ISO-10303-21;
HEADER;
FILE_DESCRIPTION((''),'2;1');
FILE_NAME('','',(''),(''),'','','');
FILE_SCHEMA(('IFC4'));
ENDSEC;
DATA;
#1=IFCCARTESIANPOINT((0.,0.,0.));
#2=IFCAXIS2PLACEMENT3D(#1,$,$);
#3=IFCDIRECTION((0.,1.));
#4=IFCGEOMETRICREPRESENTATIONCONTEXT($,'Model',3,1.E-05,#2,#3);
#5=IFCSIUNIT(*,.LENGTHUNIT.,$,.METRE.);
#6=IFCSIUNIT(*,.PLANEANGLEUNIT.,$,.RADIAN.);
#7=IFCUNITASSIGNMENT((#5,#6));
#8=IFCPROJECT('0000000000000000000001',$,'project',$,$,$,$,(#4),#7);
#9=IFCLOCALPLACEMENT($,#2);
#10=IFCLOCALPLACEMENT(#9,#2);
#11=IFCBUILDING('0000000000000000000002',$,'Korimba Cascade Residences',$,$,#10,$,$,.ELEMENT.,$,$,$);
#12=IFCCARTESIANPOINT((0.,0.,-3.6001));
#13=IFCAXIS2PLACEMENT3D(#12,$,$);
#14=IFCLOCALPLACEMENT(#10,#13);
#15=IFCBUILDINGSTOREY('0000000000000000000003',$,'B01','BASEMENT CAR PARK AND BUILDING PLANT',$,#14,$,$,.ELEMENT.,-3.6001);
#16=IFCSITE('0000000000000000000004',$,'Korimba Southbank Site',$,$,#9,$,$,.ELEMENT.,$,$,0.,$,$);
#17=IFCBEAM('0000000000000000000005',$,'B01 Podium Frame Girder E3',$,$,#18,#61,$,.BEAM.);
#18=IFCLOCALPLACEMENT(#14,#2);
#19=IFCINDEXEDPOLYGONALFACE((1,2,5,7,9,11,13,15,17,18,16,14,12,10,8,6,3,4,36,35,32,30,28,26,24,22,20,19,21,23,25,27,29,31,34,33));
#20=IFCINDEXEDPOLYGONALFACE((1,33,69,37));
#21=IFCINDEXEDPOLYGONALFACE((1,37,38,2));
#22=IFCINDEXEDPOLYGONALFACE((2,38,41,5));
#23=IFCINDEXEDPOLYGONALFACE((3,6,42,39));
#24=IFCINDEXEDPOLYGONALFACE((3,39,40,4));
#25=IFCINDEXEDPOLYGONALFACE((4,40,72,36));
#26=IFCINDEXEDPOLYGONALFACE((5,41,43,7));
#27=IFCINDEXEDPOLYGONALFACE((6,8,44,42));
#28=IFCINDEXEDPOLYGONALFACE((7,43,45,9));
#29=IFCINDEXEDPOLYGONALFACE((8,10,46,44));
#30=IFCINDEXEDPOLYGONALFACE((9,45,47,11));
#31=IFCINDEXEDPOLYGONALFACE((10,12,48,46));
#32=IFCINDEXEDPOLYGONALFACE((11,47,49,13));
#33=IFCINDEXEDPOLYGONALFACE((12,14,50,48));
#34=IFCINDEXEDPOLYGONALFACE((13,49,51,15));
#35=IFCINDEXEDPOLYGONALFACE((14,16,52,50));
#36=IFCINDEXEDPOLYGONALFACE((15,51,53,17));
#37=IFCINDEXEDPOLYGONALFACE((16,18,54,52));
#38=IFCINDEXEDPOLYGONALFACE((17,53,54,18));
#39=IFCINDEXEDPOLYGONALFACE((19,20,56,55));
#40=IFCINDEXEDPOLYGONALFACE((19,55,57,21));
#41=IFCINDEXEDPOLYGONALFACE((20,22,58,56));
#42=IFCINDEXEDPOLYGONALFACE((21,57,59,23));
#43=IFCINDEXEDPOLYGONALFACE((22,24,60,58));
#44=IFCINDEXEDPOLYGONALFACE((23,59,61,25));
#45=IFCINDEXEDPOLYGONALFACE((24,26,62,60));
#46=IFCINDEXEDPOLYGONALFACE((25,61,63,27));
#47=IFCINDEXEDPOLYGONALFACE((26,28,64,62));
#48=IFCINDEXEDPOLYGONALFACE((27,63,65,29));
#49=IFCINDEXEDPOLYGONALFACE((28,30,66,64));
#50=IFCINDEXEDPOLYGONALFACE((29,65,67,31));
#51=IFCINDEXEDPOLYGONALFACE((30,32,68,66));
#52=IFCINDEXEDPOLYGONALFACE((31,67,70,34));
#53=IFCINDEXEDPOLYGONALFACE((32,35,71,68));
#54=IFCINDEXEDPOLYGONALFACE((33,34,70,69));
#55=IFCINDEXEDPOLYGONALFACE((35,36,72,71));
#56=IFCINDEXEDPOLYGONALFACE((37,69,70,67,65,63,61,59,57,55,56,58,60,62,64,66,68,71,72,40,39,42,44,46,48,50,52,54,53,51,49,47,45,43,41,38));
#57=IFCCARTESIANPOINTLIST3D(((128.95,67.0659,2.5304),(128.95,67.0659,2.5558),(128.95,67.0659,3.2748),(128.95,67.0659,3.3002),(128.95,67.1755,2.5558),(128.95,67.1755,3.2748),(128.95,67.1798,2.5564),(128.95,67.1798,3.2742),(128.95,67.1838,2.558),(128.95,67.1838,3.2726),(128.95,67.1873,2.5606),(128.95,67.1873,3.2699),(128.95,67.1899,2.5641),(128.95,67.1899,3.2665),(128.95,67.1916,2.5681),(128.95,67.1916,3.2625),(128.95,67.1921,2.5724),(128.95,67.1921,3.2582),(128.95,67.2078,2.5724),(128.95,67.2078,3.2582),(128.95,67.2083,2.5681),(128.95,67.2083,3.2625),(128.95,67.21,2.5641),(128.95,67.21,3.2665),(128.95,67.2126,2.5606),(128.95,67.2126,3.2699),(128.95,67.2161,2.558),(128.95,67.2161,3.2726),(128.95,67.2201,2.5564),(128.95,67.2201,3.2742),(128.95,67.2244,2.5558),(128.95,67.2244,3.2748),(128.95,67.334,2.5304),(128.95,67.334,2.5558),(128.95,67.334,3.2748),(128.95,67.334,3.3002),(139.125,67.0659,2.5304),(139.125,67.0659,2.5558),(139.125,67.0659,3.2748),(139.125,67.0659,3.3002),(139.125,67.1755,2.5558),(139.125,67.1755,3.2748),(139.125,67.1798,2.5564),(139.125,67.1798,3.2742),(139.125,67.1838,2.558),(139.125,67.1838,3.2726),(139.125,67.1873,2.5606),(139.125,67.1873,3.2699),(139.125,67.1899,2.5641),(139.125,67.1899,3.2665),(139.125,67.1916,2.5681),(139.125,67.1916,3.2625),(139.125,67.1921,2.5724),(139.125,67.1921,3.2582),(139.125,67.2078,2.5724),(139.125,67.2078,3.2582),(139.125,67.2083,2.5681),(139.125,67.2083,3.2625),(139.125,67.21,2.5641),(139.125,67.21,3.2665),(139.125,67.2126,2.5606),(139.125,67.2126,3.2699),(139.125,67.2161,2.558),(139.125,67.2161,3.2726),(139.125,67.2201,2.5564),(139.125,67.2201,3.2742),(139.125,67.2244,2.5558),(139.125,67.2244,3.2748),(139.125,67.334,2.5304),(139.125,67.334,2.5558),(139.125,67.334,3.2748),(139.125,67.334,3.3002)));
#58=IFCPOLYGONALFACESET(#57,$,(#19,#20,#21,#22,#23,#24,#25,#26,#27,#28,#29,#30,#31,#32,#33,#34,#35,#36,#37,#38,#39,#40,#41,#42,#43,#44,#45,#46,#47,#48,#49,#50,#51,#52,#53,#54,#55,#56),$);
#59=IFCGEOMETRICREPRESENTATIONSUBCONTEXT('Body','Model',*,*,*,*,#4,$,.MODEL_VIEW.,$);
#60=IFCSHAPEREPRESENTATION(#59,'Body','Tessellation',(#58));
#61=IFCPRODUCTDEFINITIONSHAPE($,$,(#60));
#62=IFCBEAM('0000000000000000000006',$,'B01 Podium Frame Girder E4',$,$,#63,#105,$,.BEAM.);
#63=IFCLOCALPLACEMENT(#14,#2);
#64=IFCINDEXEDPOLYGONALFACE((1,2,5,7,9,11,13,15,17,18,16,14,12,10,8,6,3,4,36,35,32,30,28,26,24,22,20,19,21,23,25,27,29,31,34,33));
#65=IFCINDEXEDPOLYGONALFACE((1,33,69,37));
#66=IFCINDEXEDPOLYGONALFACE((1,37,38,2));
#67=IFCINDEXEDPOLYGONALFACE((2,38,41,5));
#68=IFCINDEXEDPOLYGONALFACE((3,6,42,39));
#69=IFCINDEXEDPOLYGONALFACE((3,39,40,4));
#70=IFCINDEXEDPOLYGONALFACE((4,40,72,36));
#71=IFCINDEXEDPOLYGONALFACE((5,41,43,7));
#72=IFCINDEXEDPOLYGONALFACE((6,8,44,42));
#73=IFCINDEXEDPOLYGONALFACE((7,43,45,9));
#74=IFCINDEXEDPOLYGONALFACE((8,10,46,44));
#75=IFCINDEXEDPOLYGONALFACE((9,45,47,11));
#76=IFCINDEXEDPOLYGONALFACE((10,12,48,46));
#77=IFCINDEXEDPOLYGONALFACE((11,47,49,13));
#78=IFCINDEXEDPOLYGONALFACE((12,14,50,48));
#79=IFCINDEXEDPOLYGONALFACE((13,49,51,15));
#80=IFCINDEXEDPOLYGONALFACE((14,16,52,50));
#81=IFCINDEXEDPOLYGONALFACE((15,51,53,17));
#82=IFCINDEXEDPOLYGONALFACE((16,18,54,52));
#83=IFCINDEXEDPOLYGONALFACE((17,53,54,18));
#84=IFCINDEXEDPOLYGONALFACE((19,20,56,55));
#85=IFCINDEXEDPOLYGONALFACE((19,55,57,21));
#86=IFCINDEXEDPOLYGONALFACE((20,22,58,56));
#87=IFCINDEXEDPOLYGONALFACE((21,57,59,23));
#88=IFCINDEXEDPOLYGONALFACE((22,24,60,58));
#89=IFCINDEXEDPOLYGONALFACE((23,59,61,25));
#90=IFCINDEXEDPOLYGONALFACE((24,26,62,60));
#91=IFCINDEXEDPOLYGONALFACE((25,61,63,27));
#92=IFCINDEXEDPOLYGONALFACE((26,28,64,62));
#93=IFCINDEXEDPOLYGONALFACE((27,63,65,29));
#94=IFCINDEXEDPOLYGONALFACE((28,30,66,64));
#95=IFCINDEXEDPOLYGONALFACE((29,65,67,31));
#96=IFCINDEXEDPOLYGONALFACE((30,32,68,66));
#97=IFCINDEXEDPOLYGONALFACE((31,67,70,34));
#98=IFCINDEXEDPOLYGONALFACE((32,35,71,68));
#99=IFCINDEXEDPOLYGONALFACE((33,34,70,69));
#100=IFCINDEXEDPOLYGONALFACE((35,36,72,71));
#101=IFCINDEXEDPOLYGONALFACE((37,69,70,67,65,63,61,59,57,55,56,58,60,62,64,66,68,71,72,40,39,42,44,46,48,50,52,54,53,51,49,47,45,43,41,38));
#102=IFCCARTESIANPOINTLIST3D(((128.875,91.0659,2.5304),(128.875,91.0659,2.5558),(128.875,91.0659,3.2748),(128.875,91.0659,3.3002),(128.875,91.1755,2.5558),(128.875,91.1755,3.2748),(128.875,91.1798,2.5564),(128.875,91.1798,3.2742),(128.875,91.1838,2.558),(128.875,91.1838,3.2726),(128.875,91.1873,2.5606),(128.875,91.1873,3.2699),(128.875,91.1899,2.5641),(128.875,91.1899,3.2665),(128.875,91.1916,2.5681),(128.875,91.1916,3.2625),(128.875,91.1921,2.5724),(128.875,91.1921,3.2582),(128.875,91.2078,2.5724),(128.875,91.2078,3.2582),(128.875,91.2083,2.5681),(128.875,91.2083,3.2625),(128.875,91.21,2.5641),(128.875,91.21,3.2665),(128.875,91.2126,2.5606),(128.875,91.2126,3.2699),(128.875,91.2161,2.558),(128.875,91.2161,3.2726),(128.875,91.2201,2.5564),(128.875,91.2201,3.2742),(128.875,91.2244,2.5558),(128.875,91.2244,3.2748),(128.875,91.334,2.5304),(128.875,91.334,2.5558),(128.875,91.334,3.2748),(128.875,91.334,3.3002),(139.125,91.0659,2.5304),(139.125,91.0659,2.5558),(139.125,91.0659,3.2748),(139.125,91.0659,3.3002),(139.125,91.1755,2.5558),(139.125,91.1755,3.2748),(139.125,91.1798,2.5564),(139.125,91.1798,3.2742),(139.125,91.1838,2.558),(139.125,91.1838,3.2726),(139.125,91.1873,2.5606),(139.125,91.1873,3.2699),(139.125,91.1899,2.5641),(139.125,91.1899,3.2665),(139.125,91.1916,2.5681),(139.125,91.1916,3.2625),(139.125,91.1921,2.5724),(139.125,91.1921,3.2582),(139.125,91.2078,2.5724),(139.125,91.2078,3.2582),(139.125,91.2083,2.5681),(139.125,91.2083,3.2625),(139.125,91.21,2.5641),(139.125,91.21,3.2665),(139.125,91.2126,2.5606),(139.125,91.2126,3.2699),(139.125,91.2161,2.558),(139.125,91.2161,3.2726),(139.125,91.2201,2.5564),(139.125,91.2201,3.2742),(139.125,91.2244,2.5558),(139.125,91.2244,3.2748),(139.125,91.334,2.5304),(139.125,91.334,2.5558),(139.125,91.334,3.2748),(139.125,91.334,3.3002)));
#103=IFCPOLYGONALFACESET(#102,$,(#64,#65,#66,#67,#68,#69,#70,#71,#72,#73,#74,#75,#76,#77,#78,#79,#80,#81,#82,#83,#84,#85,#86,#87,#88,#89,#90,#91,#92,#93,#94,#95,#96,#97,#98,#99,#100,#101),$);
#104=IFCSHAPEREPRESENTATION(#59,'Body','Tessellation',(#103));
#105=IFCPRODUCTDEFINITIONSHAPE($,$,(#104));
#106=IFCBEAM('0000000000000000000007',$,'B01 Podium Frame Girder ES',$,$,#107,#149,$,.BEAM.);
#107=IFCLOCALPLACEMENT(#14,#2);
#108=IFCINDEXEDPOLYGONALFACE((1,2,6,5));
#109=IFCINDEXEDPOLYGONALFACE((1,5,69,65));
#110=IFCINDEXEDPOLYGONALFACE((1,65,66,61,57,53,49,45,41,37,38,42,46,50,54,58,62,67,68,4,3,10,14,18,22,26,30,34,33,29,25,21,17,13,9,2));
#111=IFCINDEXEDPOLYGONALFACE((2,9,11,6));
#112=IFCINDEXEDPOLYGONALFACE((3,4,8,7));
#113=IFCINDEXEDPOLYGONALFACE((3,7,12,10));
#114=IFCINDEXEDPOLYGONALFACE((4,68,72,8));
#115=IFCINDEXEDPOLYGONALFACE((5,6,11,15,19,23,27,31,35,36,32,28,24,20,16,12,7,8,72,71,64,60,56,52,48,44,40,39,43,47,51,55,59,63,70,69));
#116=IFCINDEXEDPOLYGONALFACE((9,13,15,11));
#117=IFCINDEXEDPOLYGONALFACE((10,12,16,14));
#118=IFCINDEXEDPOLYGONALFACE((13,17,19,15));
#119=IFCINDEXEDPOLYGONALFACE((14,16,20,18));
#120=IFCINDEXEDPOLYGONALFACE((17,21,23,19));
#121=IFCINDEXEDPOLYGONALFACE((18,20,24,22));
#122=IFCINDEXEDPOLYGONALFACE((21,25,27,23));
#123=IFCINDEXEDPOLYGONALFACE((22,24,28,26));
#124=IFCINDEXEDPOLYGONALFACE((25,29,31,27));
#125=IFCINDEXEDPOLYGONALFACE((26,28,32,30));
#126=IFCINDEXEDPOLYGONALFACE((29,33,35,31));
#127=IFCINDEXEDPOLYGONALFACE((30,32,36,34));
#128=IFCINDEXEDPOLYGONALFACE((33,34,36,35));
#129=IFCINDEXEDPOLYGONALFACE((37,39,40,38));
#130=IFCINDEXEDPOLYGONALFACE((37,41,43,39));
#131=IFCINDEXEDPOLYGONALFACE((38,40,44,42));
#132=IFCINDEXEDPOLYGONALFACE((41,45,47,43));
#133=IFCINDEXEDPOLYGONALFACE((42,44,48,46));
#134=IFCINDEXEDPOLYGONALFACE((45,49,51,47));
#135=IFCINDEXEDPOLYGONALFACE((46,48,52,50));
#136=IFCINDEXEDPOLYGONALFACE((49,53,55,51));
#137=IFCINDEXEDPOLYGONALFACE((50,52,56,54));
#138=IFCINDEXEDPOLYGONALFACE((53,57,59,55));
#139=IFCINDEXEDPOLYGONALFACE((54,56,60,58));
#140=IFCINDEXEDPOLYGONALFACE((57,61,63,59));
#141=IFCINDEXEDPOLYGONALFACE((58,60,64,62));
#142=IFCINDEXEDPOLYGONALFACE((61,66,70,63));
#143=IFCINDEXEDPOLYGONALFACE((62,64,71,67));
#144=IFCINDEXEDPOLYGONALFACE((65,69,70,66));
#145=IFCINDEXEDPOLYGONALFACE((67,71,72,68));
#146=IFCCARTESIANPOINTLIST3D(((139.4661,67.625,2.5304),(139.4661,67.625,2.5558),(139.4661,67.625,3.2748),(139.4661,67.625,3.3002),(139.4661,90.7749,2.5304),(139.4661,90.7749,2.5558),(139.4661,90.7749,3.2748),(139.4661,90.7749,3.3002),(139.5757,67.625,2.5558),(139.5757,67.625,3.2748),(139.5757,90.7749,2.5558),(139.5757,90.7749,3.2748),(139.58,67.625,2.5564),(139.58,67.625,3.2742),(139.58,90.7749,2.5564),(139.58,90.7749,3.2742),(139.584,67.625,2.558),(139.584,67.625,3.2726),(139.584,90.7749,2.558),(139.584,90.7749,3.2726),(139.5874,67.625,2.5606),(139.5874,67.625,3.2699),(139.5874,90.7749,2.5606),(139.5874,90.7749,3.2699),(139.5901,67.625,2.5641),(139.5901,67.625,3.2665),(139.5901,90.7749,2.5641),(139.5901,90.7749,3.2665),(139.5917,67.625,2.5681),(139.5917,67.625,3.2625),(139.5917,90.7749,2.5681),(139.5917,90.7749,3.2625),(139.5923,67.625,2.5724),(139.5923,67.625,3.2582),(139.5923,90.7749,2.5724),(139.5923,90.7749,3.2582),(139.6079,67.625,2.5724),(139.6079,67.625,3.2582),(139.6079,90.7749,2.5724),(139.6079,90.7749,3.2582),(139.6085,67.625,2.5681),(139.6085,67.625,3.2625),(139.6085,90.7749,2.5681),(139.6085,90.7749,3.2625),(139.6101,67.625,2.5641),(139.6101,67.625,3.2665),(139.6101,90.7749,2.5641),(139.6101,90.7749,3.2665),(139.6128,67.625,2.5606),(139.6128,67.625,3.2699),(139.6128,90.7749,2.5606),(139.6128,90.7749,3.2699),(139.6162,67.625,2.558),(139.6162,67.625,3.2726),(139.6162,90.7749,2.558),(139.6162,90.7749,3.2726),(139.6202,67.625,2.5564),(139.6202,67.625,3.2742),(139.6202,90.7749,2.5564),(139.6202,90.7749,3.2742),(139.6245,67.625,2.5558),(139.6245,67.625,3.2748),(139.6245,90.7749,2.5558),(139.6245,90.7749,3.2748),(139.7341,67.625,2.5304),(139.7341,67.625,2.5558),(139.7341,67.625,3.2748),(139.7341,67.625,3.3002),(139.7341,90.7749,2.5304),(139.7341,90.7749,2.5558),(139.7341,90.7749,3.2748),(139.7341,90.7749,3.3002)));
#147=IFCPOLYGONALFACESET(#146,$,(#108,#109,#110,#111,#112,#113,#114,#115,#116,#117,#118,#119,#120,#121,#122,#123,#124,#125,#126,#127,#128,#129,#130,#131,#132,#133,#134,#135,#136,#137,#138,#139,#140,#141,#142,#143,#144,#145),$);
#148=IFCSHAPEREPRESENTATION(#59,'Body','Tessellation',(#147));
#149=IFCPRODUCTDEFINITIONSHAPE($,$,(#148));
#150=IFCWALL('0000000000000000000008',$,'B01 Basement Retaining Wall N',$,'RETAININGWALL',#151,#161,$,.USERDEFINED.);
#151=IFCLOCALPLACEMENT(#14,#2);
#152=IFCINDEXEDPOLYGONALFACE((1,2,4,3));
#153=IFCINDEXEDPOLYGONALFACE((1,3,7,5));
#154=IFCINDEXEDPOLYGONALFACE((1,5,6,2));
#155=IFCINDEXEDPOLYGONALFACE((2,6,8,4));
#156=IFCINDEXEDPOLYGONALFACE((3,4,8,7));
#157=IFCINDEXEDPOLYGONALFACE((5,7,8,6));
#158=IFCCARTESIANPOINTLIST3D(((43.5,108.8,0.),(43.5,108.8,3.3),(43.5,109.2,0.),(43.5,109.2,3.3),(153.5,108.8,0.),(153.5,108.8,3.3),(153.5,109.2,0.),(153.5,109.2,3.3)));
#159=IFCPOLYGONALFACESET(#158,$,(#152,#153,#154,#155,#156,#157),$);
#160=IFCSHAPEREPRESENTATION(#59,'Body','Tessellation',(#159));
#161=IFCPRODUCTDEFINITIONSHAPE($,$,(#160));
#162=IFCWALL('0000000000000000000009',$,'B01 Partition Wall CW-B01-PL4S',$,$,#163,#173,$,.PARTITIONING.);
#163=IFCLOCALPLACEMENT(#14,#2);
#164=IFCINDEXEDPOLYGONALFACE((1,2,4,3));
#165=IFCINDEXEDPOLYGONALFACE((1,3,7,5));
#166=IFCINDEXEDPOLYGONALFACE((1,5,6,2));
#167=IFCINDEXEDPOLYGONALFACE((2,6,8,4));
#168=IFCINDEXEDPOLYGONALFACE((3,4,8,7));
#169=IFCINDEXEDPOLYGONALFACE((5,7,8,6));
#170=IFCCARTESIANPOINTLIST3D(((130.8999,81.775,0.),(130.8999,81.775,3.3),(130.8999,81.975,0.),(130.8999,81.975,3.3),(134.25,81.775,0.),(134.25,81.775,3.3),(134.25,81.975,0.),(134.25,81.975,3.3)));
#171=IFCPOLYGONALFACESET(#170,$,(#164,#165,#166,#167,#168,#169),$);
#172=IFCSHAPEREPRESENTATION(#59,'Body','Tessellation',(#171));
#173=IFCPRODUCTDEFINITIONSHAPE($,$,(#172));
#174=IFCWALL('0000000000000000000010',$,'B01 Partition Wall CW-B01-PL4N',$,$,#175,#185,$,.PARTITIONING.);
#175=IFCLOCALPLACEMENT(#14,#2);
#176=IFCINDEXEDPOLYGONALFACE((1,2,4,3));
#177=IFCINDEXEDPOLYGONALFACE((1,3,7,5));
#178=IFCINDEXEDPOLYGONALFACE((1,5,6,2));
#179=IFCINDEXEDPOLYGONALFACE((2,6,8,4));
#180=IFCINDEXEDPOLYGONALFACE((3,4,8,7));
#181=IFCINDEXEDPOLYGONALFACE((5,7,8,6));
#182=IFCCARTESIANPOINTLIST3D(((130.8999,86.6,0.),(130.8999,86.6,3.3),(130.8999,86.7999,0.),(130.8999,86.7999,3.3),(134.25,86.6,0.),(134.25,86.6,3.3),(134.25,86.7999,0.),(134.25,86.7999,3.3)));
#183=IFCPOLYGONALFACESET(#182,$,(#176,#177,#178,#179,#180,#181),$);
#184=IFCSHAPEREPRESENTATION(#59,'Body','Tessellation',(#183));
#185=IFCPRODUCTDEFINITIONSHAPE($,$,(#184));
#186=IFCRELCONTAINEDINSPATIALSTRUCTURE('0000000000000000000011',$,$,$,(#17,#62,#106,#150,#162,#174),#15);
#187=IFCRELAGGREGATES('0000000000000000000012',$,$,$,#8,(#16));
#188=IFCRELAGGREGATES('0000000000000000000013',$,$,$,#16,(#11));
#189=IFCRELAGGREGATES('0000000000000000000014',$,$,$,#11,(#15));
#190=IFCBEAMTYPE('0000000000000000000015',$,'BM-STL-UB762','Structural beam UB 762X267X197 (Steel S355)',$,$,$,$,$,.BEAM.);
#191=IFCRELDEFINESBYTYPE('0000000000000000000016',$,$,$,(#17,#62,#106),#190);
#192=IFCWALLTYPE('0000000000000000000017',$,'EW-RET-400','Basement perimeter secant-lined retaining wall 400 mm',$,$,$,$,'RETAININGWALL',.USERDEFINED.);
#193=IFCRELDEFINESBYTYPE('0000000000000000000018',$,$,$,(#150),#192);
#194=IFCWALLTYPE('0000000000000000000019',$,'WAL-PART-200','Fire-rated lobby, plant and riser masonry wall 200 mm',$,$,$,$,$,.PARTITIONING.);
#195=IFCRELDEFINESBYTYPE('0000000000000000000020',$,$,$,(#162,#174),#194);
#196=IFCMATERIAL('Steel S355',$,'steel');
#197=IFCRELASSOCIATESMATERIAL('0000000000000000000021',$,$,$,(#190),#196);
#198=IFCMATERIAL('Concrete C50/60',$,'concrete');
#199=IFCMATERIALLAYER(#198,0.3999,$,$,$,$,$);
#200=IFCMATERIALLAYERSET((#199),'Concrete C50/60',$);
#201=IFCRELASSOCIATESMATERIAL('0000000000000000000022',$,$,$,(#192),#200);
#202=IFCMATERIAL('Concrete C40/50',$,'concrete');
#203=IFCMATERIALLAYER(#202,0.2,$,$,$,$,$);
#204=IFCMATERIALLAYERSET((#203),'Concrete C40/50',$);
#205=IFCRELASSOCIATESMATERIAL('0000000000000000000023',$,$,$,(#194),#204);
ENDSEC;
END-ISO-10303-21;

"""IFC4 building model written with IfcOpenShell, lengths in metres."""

from ifc_helpers import new_model, si_unit, direction, frame, frame_2d, origin, origin_2d, place, context, subcontext, project, spatial, rectangle, i_section, extrude, material, layer, layer_set, material_profile, profile_set, type_object, element, save


model = new_model("IFC4")

# Units and contexts
model_context = context("Model", 3, precision=1e-05, world=origin(), true_north=direction((0.0, 1.0)))
body_context = subcontext(model_context, "Body", "Model", "MODEL_VIEW")
ifc_project = project(units=[si_unit("LENGTHUNIT", "METRE"), si_unit("PLANEANGLEUNIT", "RADIAN")], contexts=[model_context])

# Site, building, storey
site_placement = place(None, origin())
site = spatial("IfcSite", under=ifc_project, at=site_placement, Name="Korimba Southbank Site", CompositionType="ELEMENT", RefElevation=0.0)
building_placement = place(site_placement, origin())
building = spatial("IfcBuilding", under=site, at=building_placement, Name="Korimba Cascade Residences", CompositionType="ELEMENT")
storey_placement = place(building_placement, frame((0.0, 0.0, -3.6001)))
storey = spatial("IfcBuildingStorey", under=building, at=storey_placement, Name="B01", Description="BASEMENT CAR PARK AND BUILDING PLANT", CompositionType="ELEMENT", Elevation=-3.6001)

# Beams
ifc_material_1 = material(Name="Concrete C50/60", Category="concrete")
ifc_material_2 = material(Name="Steel S355", Category="steel")
ifc_material_profile_1 = material_profile(ifc_material_2, i_section(OverallWidth=0.2681, OverallDepth=0.7698, WebThickness=0.0156, FlangeThickness=0.0254, FilletRadius=0.0166, at=origin_2d()), Name="Steel S355")
ifc_profile_set_1 = profile_set([ifc_material_profile_1], Name="Steel S355")
beam_type_1 = type_object("IfcBeamType", Name="BM-STL-UB762", Description="Structural beam UB 762X267X197 (Steel S355)", PredefinedType="BEAM", material=ifc_profile_set_1)
beam_1_placement = place(storey_placement, frame((128.95, 67.2, 2.9153), z_axis=(1.0, 0.0, 0.0), x_axis=(0.0, 1.0, 0.0)))
element("IfcBeam", 1, at=beam_1_placement, inside=storey, type_object=beam_type_1, Name="B01 Podium Frame Girder E3", PredefinedType="BEAM", context=body_context, shape_type="SweptSolid", body=[
    extrude(i_section(OverallWidth=0.2681, OverallDepth=0.7698, WebThickness=0.0156, FlangeThickness=0.0254, FilletRadius=0.0166, at=origin_2d()), origin(), (0.0, 0.0, 1.0), 10.175),
])
beam_2_placement = place(storey_placement, frame((128.875, 91.2, 2.9153), z_axis=(1.0, 0.0, 0.0), x_axis=(0.0, 1.0, 0.0)))
element("IfcBeam", 2, at=beam_2_placement, inside=storey, type_object=beam_type_1, Name="B01 Podium Frame Girder E4", PredefinedType="BEAM", context=body_context, shape_type="SweptSolid", body=[
    extrude(i_section(OverallWidth=0.2681, OverallDepth=0.7698, WebThickness=0.0156, FlangeThickness=0.0254, FilletRadius=0.0166, at=origin_2d()), origin(), (0.0, 0.0, 1.0), 10.25),
])
beam_3_placement = place(storey_placement, frame((139.6001, 67.625, 2.9153), z_axis=(0.0, 1.0, 0.0), x_axis=(-1.0, 0.0, 0.0)))
element("IfcBeam", 3, at=beam_3_placement, inside=storey, type_object=beam_type_1, Name="B01 Podium Frame Girder ES", PredefinedType="BEAM", context=body_context, shape_type="SweptSolid", body=[
    extrude(i_section(OverallWidth=0.2681, OverallDepth=0.7698, WebThickness=0.0156, FlangeThickness=0.0254, FilletRadius=0.0166, at=origin_2d()), origin(), (0.0, 0.0, 1.0), 23.1499),
])

# Wall
ifc_layer_1 = layer(ifc_material_1, 0.3999)
ifc_layer_set_1 = layer_set([ifc_layer_1], Name="Concrete C50/60")
wall_type_1 = type_object("IfcWallType", Name="EW-RET-400", Description="Basement perimeter secant-lined retaining wall 400 mm", ElementType="RETAININGWALL", PredefinedType="USERDEFINED", material=ifc_layer_set_1)
wall_1_placement = place(storey_placement, frame((153.5, 109.0, 0.0), z_axis=(0.0, 0.0, 1.0), x_axis=(-1.0, 0.0, 0.0)))
element("IfcWall", 4, at=wall_1_placement, inside=storey, type_object=wall_type_1, Name="B01 Basement Retaining Wall N", ObjectType="RETAININGWALL", PredefinedType="USERDEFINED", context=body_context, shape_type="SweptSolid", body=[
    extrude(rectangle(XDim=110.0, YDim=0.3999, at=frame_2d((55.0, 0.0))), origin(), (0.0, 0.0, 1.0), 3.3),
])

# Shared definitions
ifc_material_3 = material(Name="Concrete C40/50", Category="concrete")
ifc_layer_2 = layer(ifc_material_3, 0.2)
ifc_layer_set_2 = layer_set([ifc_layer_2], Name="Concrete C40/50")
wall_type_2 = type_object("IfcWallType", Name="WAL-PART-200", Description="Fire-rated lobby, plant and riser masonry wall 200 mm", PredefinedType="PARTITIONING", material=ifc_layer_set_2)

# Walls
for number, where, z_axis, x_axis, name in (
    (5, (130.8999, 81.875, 0.0), (0.0, 0.0, 1.0), (1.0, 0.0, 0.0), "B01 Partition Wall CW-B01-PL4S"),
    (6, (130.8999, 86.7, 0.0), (0.0, 0.0, 1.0), (1.0, 0.0, 0.0), "B01 Partition Wall CW-B01-PL4N"),
):
    element("IfcWall", number, at=place(storey_placement, frame(where, z_axis=z_axis, x_axis=x_axis)), inside=storey, type_object=wall_type_2, Name=name, PredefinedType="PARTITIONING", context=body_context, shape_type="SweptSolid", body=[
        extrude(rectangle(XDim=3.3501, YDim=0.2, at=frame_2d((1.675, 0.0))), origin(), (0.0, 0.0, 1.0), 3.3),
    ])

save(model, "model.ifc")
